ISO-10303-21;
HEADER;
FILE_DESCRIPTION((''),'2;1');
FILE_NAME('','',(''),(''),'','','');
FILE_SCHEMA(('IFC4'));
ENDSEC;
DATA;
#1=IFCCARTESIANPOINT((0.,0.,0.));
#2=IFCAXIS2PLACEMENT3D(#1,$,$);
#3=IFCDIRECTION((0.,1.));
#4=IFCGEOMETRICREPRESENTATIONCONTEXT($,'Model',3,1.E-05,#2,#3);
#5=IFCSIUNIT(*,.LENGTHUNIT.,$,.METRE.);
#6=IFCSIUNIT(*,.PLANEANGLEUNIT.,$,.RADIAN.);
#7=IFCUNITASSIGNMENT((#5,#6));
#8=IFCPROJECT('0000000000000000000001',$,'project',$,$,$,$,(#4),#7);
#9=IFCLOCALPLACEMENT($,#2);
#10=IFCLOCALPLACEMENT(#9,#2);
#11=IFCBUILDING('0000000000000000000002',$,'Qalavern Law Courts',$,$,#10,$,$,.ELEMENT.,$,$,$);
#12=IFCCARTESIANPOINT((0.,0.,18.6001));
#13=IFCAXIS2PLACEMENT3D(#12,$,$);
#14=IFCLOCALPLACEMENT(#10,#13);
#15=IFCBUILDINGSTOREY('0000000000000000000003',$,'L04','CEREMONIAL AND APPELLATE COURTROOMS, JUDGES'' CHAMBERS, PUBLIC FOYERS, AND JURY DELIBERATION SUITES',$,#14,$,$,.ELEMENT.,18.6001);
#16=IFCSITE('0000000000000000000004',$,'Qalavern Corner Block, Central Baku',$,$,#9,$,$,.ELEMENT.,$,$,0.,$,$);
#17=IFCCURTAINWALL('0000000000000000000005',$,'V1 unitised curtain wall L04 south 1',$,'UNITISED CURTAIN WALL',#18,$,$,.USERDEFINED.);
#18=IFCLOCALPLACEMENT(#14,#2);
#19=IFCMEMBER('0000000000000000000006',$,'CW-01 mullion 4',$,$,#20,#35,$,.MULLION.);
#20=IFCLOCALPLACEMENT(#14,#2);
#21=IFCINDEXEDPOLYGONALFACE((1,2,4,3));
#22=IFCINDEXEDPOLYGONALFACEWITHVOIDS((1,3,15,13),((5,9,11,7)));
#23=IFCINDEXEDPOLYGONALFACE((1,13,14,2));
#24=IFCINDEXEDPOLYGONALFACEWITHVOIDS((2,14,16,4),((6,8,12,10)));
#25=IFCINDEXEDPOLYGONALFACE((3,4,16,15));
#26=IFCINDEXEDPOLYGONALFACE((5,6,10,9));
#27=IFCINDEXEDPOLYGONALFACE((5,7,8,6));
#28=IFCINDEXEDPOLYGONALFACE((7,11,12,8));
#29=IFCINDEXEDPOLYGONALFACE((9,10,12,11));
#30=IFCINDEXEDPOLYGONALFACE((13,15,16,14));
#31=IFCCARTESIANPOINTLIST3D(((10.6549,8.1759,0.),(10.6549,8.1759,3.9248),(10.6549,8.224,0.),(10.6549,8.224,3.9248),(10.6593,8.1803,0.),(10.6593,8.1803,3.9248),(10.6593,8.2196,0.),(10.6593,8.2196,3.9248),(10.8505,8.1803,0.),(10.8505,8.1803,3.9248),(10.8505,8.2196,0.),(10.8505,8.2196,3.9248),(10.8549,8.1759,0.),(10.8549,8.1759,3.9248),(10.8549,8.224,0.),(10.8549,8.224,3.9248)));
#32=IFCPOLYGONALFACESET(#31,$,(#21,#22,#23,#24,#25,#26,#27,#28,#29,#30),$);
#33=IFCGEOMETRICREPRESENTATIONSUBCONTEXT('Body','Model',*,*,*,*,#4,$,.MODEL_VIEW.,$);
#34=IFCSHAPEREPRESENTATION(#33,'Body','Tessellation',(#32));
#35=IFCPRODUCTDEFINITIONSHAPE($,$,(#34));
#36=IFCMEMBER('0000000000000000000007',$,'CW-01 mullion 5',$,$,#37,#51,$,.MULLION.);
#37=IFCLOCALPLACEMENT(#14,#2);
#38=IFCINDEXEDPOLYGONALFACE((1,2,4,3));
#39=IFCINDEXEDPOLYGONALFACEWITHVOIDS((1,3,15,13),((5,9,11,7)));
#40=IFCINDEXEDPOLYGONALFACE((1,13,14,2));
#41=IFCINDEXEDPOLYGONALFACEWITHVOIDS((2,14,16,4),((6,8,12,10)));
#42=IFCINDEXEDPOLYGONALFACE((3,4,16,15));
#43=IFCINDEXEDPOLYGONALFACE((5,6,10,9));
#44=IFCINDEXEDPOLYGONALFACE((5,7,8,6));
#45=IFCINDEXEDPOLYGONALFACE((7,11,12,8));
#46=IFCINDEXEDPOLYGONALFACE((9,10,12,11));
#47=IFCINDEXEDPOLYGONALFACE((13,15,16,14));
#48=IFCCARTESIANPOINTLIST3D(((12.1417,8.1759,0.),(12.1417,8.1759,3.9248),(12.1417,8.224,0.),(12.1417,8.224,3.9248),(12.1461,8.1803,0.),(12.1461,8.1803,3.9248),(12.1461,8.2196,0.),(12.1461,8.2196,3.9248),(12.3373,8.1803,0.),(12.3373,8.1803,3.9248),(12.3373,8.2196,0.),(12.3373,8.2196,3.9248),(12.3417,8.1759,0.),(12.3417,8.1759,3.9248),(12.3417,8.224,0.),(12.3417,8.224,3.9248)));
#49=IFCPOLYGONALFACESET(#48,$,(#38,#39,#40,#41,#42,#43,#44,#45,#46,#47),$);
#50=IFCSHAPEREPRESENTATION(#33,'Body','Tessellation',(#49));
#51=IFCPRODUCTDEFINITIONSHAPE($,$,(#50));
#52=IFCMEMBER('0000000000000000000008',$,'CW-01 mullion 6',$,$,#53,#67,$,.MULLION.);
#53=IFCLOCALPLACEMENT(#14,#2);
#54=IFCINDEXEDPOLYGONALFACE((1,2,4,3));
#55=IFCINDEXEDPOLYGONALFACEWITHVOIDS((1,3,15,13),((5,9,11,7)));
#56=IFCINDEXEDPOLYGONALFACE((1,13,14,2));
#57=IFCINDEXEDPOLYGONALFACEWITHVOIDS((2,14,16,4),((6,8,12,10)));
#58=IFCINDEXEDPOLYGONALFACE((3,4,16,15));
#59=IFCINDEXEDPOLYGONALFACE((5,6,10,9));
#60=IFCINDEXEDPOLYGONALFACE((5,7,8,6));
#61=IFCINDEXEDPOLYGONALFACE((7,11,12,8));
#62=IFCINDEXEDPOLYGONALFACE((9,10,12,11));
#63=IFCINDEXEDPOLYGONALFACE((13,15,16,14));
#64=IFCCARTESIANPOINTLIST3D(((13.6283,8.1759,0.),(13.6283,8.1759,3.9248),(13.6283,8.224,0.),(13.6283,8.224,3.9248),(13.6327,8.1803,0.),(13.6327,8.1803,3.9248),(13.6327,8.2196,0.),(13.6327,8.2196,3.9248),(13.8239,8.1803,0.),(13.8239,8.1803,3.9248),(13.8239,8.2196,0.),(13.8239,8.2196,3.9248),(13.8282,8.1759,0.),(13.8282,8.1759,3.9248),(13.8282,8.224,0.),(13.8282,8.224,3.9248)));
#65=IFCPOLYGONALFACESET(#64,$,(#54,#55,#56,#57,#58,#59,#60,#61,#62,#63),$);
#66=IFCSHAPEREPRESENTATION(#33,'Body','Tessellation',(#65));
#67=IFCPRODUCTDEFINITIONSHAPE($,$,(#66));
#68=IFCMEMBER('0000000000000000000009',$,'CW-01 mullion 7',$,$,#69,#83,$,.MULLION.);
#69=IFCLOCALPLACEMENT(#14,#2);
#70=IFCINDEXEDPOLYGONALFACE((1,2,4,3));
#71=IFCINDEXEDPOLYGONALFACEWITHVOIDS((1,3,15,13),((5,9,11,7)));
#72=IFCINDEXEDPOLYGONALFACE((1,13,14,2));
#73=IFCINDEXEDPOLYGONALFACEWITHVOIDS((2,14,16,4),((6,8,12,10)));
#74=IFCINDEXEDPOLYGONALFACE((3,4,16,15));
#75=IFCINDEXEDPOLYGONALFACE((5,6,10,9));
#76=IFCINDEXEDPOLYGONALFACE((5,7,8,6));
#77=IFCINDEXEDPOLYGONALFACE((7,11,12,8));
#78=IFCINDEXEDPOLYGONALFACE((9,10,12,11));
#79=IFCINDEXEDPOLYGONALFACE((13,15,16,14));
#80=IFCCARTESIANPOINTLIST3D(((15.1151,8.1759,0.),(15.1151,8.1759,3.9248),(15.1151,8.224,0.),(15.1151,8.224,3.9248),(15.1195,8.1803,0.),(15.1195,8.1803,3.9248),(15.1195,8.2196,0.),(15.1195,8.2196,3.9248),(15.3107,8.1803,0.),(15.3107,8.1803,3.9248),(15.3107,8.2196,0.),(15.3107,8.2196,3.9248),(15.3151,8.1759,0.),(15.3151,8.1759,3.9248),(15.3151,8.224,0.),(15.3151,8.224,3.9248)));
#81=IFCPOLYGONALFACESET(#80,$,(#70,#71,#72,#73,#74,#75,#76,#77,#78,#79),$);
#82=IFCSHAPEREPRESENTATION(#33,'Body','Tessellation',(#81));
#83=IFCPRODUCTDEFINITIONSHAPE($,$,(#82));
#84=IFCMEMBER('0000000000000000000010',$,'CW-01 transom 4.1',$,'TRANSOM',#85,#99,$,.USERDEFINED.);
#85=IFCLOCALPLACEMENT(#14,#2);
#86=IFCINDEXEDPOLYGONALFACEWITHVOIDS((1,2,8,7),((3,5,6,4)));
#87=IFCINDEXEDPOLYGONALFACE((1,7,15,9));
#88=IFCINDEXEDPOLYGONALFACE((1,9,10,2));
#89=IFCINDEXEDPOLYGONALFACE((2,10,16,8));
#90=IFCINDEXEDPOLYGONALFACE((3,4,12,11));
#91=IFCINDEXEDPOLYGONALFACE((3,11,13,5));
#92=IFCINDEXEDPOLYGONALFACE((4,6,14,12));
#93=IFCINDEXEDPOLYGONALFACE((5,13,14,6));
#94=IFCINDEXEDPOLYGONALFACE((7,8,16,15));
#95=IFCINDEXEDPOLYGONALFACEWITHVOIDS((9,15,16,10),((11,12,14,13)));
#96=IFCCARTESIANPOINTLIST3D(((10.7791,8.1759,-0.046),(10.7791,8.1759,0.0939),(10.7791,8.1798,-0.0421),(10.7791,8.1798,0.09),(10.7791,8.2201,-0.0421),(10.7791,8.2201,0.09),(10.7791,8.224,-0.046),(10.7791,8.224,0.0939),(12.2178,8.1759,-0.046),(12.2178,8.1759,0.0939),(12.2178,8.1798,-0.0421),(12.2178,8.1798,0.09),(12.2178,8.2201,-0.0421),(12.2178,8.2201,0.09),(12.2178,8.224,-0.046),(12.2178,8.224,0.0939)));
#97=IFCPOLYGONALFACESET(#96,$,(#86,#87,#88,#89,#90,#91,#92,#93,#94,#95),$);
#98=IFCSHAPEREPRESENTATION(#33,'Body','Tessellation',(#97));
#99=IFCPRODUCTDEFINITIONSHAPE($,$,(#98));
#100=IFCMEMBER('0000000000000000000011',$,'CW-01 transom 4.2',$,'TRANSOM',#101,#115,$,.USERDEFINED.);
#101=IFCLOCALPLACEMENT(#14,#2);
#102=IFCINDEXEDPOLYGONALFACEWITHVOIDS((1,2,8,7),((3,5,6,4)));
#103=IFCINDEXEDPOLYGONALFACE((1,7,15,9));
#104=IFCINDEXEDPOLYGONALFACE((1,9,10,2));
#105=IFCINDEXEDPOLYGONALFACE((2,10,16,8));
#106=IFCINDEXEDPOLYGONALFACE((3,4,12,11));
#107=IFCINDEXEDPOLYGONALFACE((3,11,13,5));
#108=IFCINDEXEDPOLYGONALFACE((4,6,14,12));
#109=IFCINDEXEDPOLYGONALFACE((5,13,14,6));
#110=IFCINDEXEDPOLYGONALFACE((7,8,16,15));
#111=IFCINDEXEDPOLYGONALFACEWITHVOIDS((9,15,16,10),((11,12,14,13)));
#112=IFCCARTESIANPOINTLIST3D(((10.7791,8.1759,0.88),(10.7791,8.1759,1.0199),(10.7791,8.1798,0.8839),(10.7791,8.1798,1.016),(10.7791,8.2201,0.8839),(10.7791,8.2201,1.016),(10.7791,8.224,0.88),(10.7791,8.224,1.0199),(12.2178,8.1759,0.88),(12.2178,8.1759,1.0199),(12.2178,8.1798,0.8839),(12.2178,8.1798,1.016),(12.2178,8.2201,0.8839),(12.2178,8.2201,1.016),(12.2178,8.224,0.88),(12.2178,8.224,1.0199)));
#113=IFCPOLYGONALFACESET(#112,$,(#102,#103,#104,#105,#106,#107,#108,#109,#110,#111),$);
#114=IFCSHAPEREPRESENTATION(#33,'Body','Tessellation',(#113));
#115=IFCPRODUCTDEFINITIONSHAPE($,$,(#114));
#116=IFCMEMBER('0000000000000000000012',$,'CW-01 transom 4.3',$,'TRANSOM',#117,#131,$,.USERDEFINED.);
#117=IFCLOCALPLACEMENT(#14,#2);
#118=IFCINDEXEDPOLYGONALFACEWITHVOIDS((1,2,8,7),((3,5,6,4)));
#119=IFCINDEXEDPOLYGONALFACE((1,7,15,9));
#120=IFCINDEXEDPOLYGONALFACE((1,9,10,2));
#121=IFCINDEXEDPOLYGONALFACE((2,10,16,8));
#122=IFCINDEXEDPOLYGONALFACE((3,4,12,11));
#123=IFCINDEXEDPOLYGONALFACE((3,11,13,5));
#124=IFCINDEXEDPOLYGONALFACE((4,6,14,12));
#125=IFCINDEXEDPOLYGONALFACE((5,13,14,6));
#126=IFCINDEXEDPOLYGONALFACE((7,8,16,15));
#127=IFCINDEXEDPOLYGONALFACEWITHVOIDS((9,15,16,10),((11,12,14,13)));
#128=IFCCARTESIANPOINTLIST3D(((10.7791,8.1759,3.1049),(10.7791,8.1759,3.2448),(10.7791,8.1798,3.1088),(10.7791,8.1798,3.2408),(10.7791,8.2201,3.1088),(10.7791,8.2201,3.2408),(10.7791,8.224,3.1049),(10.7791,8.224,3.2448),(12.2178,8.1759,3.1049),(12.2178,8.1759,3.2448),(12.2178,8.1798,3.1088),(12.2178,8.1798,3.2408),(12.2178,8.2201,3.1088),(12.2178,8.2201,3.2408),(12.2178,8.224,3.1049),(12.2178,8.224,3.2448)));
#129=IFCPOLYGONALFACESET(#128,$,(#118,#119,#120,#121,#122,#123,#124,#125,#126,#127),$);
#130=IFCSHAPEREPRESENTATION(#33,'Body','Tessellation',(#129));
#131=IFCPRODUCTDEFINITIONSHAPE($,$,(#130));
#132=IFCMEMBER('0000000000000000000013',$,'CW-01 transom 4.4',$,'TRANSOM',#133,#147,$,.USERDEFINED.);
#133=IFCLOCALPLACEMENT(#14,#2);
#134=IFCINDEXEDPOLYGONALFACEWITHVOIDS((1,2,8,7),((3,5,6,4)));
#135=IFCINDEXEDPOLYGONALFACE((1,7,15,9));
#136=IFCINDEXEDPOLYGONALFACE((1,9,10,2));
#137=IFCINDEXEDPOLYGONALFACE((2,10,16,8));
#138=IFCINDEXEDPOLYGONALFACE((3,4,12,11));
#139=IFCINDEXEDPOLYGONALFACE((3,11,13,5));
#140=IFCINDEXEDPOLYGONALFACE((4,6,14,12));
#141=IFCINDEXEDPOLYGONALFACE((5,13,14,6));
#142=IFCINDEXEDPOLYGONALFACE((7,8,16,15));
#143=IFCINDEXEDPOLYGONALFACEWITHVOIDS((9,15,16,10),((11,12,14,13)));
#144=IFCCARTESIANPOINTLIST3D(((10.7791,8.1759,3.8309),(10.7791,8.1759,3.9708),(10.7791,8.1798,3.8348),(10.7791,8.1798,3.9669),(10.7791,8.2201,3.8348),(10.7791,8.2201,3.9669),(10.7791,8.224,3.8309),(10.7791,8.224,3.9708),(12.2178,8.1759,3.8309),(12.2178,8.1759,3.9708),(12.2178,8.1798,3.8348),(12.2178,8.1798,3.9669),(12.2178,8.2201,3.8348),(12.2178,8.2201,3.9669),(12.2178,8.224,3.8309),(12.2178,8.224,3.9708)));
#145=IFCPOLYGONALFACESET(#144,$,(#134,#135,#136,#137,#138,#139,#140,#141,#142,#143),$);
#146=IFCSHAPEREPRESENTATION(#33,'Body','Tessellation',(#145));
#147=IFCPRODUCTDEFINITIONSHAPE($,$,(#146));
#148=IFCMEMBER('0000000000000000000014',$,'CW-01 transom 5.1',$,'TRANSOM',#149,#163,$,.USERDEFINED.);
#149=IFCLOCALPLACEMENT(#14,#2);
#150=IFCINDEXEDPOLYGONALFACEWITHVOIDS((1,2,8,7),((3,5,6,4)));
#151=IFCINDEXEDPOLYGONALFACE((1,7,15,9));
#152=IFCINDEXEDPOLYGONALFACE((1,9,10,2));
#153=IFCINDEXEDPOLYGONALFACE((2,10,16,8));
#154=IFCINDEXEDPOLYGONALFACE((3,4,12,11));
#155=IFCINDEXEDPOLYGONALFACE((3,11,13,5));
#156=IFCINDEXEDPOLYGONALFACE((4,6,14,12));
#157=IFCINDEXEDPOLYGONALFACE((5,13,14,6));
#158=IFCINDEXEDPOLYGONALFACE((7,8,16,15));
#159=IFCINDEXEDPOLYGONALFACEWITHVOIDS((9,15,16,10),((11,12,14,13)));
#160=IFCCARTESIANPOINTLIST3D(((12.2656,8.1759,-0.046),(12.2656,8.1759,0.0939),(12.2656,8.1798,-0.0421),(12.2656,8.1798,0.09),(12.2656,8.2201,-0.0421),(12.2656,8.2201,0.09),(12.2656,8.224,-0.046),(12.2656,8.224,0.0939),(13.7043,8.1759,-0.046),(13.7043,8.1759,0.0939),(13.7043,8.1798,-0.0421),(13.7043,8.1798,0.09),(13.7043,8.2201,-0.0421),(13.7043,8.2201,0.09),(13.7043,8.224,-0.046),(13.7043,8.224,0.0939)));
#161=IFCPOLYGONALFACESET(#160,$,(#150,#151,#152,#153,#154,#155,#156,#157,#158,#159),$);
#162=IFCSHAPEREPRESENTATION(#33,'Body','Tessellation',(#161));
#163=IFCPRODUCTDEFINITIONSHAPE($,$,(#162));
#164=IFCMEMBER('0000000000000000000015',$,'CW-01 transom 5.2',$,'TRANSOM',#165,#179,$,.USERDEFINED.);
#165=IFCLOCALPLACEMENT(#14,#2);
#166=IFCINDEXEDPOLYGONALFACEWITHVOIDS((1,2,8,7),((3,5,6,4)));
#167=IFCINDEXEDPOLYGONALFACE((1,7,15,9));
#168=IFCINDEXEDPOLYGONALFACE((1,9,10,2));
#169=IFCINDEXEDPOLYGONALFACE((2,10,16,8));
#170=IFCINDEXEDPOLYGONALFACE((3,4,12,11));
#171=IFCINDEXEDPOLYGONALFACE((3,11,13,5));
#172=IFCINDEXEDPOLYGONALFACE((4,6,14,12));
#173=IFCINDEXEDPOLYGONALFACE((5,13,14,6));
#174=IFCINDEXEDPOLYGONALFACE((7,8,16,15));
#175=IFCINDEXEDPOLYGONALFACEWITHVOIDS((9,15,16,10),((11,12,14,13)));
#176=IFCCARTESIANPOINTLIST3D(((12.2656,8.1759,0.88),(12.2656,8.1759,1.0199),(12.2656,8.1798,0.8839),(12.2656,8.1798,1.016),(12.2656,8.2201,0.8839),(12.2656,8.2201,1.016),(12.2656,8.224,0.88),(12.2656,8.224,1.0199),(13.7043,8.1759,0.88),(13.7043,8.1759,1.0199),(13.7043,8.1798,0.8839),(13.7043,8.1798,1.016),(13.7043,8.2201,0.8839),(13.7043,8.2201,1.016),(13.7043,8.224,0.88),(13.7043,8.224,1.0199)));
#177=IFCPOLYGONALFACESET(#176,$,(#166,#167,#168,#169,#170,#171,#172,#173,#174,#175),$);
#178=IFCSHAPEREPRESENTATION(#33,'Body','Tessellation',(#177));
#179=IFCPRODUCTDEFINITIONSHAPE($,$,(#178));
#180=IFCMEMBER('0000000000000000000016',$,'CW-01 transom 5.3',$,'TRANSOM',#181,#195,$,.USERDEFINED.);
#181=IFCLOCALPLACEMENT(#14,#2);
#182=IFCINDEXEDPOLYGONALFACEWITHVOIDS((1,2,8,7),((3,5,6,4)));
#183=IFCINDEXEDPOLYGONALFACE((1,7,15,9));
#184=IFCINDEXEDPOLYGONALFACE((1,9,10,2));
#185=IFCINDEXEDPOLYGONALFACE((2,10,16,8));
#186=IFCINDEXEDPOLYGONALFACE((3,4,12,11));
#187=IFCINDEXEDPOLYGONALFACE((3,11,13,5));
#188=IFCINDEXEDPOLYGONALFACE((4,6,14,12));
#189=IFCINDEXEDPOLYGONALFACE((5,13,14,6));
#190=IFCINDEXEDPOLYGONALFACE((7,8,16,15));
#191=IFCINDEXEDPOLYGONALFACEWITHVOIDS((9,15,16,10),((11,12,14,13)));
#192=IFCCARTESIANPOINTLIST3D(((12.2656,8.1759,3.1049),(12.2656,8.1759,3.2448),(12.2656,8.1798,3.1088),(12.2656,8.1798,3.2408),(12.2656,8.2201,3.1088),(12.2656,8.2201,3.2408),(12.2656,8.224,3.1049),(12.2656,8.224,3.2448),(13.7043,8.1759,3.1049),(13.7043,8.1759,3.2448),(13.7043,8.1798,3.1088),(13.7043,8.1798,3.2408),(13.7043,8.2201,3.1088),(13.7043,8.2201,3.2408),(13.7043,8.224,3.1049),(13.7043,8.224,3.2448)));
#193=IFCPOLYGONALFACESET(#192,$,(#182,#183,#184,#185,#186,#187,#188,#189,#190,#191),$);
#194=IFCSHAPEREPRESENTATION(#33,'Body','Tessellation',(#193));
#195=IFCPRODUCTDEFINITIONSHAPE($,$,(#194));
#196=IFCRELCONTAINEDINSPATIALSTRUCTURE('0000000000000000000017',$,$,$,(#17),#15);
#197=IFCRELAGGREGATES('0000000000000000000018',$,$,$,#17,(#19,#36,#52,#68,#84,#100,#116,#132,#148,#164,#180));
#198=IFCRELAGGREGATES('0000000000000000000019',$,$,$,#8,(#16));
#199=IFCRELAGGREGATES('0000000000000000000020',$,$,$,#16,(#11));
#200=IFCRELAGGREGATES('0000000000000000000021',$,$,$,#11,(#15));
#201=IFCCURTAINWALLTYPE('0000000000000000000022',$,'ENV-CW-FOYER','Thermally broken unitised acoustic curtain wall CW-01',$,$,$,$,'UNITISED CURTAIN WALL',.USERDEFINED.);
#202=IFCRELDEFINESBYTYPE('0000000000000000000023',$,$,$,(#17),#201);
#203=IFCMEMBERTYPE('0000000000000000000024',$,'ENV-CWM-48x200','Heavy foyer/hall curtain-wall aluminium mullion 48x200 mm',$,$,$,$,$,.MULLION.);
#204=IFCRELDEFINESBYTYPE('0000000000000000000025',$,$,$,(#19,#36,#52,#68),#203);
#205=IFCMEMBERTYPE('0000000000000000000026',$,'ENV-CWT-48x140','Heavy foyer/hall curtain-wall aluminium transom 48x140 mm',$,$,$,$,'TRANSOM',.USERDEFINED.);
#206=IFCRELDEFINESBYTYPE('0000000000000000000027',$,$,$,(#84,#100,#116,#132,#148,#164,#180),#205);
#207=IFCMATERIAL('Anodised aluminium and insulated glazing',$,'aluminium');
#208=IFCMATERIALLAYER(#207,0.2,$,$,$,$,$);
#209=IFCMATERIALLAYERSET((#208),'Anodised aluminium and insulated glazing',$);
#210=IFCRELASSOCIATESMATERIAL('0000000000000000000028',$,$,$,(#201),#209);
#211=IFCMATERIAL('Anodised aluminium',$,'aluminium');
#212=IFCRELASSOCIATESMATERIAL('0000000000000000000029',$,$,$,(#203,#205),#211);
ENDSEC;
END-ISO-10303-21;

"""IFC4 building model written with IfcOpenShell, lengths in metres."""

from ifc_helpers import new_model, si_unit, direction, frame, origin, origin_2d, place, context, subcontext, project, spatial, hollow_rectangle, extrude, material, layer, layer_set, material_profile, profile_set, type_object, element, aggregate, save


model = new_model("IFC4")

# Units and contexts
model_context = context("Model", 3, precision=1e-05, world=origin(), true_north=direction((0.0, 1.0)))
body_context = subcontext(model_context, "Body", "Model", "MODEL_VIEW")
ifc_project = project(units=[si_unit("LENGTHUNIT", "METRE"), si_unit("PLANEANGLEUNIT", "RADIAN")], contexts=[model_context])

# Site, building, storey
site_placement = place(None, origin())
site = spatial("IfcSite", under=ifc_project, at=site_placement, Name="Qalavern Corner Block, Central Baku", CompositionType="ELEMENT", RefElevation=0.0)
building_placement = place(site_placement, origin())
building = spatial("IfcBuilding", under=site, at=building_placement, Name="Qalavern Law Courts", CompositionType="ELEMENT")
storey_placement = place(building_placement, frame((0.0, 0.0, 18.6001)))
storey = spatial("IfcBuildingStorey", under=building, at=storey_placement, Name="L04", Description="CEREMONIAL AND APPELLATE COURTROOMS, JUDGES' CHAMBERS, PUBLIC FOYERS, AND JURY DELIBERATION SUITES", CompositionType="ELEMENT", Elevation=18.6001)

# Curtain wall, members
ifc_material_1 = material(Name="Anodised aluminium and insulated glazing", Category="aluminium")
ifc_layer_1 = layer(ifc_material_1, 0.2)
ifc_layer_set_1 = layer_set([ifc_layer_1], Name="Anodised aluminium and insulated glazing")
curtain_wall_type = type_object("IfcCurtainWallType", Name="ENV-CW-FOYER", Description="Thermally broken unitised acoustic curtain wall CW-01", ElementType="UNITISED CURTAIN WALL", PredefinedType="USERDEFINED", material=ifc_layer_set_1)
curtain_wall_placement = place(storey_placement, origin())
curtain_wall = element("IfcCurtainWall", 1, at=curtain_wall_placement, inside=storey, type_object=curtain_wall_type, Name="V1 unitised curtain wall L04 south 1", ObjectType="UNITISED CURTAIN WALL", PredefinedType="USERDEFINED")
ifc_material_2 = material(Name="Anodised aluminium", Category="aluminium")
ifc_material_profile_1 = material_profile(ifc_material_2, hollow_rectangle(XDim=0.0481, YDim=0.2, WallThickness=0.0044, at=origin_2d()), Name="ALU MULLION 48x200")
ifc_profile_set_1 = profile_set([ifc_material_profile_1], Name="Anodised aluminium")
member_type_1 = type_object("IfcMemberType", Name="ENV-CWM-48x200", Description="Heavy foyer/hall curtain-wall aluminium mullion 48x200 mm", PredefinedType="MULLION", material=ifc_profile_set_1)
member_1_placement = place(storey_placement, frame((10.7549, 8.2, 0.0), z_axis=(0.0, 0.0, 1.0), x_axis=(0.0, 1.0, 0.0)))
member_1 = element("IfcMember", 2, at=member_1_placement, type_object=member_type_1, Name="CW-01 mullion 4", PredefinedType="MULLION", context=body_context, shape_type="SweptSolid", body=[
    extrude(hollow_rectangle(XDim=0.0481, YDim=0.2, WallThickness=0.0044, at=origin_2d()), origin(), (0.0, 0.0, 1.0), 3.9248),
])
member_2_placement = place(storey_placement, frame((12.2417, 8.2, 0.0), z_axis=(0.0, 0.0, 1.0), x_axis=(0.0, 1.0, 0.0)))
member_2 = element("IfcMember", 3, at=member_2_placement, type_object=member_type_1, Name="CW-01 mullion 5", PredefinedType="MULLION", context=body_context, shape_type="SweptSolid", body=[
    extrude(hollow_rectangle(XDim=0.0481, YDim=0.2, WallThickness=0.0044, at=origin_2d()), origin(), (0.0, 0.0, 1.0), 3.9248),
])
member_3_placement = place(storey_placement, frame((13.7283, 8.2, 0.0), z_axis=(0.0, 0.0, 1.0), x_axis=(0.0, 1.0, 0.0)))
member_3 = element("IfcMember", 4, at=member_3_placement, type_object=member_type_1, Name="CW-01 mullion 6", PredefinedType="MULLION", context=body_context, shape_type="SweptSolid", body=[
    extrude(hollow_rectangle(XDim=0.0481, YDim=0.2, WallThickness=0.0044, at=origin_2d()), origin(), (0.0, 0.0, 1.0), 3.9248),
])
member_4_placement = place(storey_placement, frame((15.2151, 8.2, 0.0), z_axis=(0.0, 0.0, 1.0), x_axis=(0.0, 1.0, 0.0)))
member_4 = element("IfcMember", 5, at=member_4_placement, type_object=member_type_1, Name="CW-01 mullion 7", PredefinedType="MULLION", context=body_context, shape_type="SweptSolid", body=[
    extrude(hollow_rectangle(XDim=0.0481, YDim=0.2, WallThickness=0.0044, at=origin_2d()), origin(), (0.0, 0.0, 1.0), 3.9248),
])
ifc_material_profile_2 = material_profile(ifc_material_2, hollow_rectangle(XDim=0.0481, YDim=0.1399, WallThickness=0.0039, at=origin_2d()), Name="ALU TRANSOM 48x140")
ifc_profile_set_2 = profile_set([ifc_material_profile_2], Name="Anodised aluminium")
member_type_2 = type_object("IfcMemberType", Name="ENV-CWT-48x140", Description="Heavy foyer/hall curtain-wall aluminium transom 48x140 mm", ElementType="TRANSOM", PredefinedType="USERDEFINED", material=ifc_profile_set_2)
member_5_placement = place(storey_placement, frame((10.7791, 8.2, 0.0239), z_axis=(1.0, 0.0, 0.0), x_axis=(0.0, 1.0, 0.0)))
member_5 = element("IfcMember", 6, at=member_5_placement, type_object=member_type_2, Name="CW-01 transom 4.1", ObjectType="TRANSOM", PredefinedType="USERDEFINED", context=body_context, shape_type="SweptSolid", body=[
    extrude(hollow_rectangle(XDim=0.0481, YDim=0.1399, WallThickness=0.0039, at=origin_2d()), origin(), (0.0, 0.0, 1.0), 1.4387),
])
member_6_placement = place(storey_placement, frame((10.7791, 8.2, 0.95), z_axis=(1.0, 0.0, 0.0), x_axis=(0.0, 1.0, 0.0)))
member_6 = element("IfcMember", 7, at=member_6_placement, type_object=member_type_2, Name="CW-01 transom 4.2", ObjectType="TRANSOM", PredefinedType="USERDEFINED", context=body_context, shape_type="SweptSolid", body=[
    extrude(hollow_rectangle(XDim=0.0481, YDim=0.1399, WallThickness=0.0039, at=origin_2d()), origin(), (0.0, 0.0, 1.0), 1.4387),
])
member_7_placement = place(storey_placement, frame((10.7791, 8.2, 3.1748), z_axis=(1.0, 0.0, 0.0), x_axis=(0.0, 1.0, 0.0)))
member_7 = element("IfcMember", 8, at=member_7_placement, type_object=member_type_2, Name="CW-01 transom 4.3", ObjectType="TRANSOM", PredefinedType="USERDEFINED", context=body_context, shape_type="SweptSolid", body=[
    extrude(hollow_rectangle(XDim=0.0481, YDim=0.1399, WallThickness=0.0039, at=origin_2d()), origin(), (0.0, 0.0, 1.0), 1.4387),
])
member_8_placement = place(storey_placement, frame((10.7791, 8.2, 3.9009), z_axis=(1.0, 0.0, 0.0), x_axis=(0.0, 1.0, 0.0)))
member_8 = element("IfcMember", 9, at=member_8_placement, type_object=member_type_2, Name="CW-01 transom 4.4", ObjectType="TRANSOM", PredefinedType="USERDEFINED", context=body_context, shape_type="SweptSolid", body=[
    extrude(hollow_rectangle(XDim=0.0481, YDim=0.1399, WallThickness=0.0039, at=origin_2d()), origin(), (0.0, 0.0, 1.0), 1.4387),
])
member_9_placement = place(storey_placement, frame((12.2656, 8.2, 0.0239), z_axis=(1.0, 0.0, 0.0), x_axis=(0.0, 1.0, 0.0)))
member_9 = element("IfcMember", 10, at=member_9_placement, type_object=member_type_2, Name="CW-01 transom 5.1", ObjectType="TRANSOM", PredefinedType="USERDEFINED", context=body_context, shape_type="SweptSolid", body=[
    extrude(hollow_rectangle(XDim=0.0481, YDim=0.1399, WallThickness=0.0039, at=origin_2d()), origin(), (0.0, 0.0, 1.0), 1.4387),
])
member_10_placement = place(storey_placement, frame((12.2656, 8.2, 0.95), z_axis=(1.0, 0.0, 0.0), x_axis=(0.0, 1.0, 0.0)))
member_10 = element("IfcMember", 11, at=member_10_placement, type_object=member_type_2, Name="CW-01 transom 5.2", ObjectType="TRANSOM", PredefinedType="USERDEFINED", context=body_context, shape_type="SweptSolid", body=[
    extrude(hollow_rectangle(XDim=0.0481, YDim=0.1399, WallThickness=0.0039, at=origin_2d()), origin(), (0.0, 0.0, 1.0), 1.4387),
])
member_11_placement = place(storey_placement, frame((12.2656, 8.2, 3.1748), z_axis=(1.0, 0.0, 0.0), x_axis=(0.0, 1.0, 0.0)))
member_11 = element("IfcMember", 12, at=member_11_placement, type_object=member_type_2, Name="CW-01 transom 5.3", ObjectType="TRANSOM", PredefinedType="USERDEFINED", context=body_context, shape_type="SweptSolid", body=[
    extrude(hollow_rectangle(XDim=0.0481, YDim=0.1399, WallThickness=0.0039, at=origin_2d()), origin(), (0.0, 0.0, 1.0), 1.4387),
])

aggregate(curtain_wall, [member_1, member_2, member_3, member_4, member_5, member_6, member_7, member_8, member_9, member_10, member_11])

save(model, "model.ifc")
